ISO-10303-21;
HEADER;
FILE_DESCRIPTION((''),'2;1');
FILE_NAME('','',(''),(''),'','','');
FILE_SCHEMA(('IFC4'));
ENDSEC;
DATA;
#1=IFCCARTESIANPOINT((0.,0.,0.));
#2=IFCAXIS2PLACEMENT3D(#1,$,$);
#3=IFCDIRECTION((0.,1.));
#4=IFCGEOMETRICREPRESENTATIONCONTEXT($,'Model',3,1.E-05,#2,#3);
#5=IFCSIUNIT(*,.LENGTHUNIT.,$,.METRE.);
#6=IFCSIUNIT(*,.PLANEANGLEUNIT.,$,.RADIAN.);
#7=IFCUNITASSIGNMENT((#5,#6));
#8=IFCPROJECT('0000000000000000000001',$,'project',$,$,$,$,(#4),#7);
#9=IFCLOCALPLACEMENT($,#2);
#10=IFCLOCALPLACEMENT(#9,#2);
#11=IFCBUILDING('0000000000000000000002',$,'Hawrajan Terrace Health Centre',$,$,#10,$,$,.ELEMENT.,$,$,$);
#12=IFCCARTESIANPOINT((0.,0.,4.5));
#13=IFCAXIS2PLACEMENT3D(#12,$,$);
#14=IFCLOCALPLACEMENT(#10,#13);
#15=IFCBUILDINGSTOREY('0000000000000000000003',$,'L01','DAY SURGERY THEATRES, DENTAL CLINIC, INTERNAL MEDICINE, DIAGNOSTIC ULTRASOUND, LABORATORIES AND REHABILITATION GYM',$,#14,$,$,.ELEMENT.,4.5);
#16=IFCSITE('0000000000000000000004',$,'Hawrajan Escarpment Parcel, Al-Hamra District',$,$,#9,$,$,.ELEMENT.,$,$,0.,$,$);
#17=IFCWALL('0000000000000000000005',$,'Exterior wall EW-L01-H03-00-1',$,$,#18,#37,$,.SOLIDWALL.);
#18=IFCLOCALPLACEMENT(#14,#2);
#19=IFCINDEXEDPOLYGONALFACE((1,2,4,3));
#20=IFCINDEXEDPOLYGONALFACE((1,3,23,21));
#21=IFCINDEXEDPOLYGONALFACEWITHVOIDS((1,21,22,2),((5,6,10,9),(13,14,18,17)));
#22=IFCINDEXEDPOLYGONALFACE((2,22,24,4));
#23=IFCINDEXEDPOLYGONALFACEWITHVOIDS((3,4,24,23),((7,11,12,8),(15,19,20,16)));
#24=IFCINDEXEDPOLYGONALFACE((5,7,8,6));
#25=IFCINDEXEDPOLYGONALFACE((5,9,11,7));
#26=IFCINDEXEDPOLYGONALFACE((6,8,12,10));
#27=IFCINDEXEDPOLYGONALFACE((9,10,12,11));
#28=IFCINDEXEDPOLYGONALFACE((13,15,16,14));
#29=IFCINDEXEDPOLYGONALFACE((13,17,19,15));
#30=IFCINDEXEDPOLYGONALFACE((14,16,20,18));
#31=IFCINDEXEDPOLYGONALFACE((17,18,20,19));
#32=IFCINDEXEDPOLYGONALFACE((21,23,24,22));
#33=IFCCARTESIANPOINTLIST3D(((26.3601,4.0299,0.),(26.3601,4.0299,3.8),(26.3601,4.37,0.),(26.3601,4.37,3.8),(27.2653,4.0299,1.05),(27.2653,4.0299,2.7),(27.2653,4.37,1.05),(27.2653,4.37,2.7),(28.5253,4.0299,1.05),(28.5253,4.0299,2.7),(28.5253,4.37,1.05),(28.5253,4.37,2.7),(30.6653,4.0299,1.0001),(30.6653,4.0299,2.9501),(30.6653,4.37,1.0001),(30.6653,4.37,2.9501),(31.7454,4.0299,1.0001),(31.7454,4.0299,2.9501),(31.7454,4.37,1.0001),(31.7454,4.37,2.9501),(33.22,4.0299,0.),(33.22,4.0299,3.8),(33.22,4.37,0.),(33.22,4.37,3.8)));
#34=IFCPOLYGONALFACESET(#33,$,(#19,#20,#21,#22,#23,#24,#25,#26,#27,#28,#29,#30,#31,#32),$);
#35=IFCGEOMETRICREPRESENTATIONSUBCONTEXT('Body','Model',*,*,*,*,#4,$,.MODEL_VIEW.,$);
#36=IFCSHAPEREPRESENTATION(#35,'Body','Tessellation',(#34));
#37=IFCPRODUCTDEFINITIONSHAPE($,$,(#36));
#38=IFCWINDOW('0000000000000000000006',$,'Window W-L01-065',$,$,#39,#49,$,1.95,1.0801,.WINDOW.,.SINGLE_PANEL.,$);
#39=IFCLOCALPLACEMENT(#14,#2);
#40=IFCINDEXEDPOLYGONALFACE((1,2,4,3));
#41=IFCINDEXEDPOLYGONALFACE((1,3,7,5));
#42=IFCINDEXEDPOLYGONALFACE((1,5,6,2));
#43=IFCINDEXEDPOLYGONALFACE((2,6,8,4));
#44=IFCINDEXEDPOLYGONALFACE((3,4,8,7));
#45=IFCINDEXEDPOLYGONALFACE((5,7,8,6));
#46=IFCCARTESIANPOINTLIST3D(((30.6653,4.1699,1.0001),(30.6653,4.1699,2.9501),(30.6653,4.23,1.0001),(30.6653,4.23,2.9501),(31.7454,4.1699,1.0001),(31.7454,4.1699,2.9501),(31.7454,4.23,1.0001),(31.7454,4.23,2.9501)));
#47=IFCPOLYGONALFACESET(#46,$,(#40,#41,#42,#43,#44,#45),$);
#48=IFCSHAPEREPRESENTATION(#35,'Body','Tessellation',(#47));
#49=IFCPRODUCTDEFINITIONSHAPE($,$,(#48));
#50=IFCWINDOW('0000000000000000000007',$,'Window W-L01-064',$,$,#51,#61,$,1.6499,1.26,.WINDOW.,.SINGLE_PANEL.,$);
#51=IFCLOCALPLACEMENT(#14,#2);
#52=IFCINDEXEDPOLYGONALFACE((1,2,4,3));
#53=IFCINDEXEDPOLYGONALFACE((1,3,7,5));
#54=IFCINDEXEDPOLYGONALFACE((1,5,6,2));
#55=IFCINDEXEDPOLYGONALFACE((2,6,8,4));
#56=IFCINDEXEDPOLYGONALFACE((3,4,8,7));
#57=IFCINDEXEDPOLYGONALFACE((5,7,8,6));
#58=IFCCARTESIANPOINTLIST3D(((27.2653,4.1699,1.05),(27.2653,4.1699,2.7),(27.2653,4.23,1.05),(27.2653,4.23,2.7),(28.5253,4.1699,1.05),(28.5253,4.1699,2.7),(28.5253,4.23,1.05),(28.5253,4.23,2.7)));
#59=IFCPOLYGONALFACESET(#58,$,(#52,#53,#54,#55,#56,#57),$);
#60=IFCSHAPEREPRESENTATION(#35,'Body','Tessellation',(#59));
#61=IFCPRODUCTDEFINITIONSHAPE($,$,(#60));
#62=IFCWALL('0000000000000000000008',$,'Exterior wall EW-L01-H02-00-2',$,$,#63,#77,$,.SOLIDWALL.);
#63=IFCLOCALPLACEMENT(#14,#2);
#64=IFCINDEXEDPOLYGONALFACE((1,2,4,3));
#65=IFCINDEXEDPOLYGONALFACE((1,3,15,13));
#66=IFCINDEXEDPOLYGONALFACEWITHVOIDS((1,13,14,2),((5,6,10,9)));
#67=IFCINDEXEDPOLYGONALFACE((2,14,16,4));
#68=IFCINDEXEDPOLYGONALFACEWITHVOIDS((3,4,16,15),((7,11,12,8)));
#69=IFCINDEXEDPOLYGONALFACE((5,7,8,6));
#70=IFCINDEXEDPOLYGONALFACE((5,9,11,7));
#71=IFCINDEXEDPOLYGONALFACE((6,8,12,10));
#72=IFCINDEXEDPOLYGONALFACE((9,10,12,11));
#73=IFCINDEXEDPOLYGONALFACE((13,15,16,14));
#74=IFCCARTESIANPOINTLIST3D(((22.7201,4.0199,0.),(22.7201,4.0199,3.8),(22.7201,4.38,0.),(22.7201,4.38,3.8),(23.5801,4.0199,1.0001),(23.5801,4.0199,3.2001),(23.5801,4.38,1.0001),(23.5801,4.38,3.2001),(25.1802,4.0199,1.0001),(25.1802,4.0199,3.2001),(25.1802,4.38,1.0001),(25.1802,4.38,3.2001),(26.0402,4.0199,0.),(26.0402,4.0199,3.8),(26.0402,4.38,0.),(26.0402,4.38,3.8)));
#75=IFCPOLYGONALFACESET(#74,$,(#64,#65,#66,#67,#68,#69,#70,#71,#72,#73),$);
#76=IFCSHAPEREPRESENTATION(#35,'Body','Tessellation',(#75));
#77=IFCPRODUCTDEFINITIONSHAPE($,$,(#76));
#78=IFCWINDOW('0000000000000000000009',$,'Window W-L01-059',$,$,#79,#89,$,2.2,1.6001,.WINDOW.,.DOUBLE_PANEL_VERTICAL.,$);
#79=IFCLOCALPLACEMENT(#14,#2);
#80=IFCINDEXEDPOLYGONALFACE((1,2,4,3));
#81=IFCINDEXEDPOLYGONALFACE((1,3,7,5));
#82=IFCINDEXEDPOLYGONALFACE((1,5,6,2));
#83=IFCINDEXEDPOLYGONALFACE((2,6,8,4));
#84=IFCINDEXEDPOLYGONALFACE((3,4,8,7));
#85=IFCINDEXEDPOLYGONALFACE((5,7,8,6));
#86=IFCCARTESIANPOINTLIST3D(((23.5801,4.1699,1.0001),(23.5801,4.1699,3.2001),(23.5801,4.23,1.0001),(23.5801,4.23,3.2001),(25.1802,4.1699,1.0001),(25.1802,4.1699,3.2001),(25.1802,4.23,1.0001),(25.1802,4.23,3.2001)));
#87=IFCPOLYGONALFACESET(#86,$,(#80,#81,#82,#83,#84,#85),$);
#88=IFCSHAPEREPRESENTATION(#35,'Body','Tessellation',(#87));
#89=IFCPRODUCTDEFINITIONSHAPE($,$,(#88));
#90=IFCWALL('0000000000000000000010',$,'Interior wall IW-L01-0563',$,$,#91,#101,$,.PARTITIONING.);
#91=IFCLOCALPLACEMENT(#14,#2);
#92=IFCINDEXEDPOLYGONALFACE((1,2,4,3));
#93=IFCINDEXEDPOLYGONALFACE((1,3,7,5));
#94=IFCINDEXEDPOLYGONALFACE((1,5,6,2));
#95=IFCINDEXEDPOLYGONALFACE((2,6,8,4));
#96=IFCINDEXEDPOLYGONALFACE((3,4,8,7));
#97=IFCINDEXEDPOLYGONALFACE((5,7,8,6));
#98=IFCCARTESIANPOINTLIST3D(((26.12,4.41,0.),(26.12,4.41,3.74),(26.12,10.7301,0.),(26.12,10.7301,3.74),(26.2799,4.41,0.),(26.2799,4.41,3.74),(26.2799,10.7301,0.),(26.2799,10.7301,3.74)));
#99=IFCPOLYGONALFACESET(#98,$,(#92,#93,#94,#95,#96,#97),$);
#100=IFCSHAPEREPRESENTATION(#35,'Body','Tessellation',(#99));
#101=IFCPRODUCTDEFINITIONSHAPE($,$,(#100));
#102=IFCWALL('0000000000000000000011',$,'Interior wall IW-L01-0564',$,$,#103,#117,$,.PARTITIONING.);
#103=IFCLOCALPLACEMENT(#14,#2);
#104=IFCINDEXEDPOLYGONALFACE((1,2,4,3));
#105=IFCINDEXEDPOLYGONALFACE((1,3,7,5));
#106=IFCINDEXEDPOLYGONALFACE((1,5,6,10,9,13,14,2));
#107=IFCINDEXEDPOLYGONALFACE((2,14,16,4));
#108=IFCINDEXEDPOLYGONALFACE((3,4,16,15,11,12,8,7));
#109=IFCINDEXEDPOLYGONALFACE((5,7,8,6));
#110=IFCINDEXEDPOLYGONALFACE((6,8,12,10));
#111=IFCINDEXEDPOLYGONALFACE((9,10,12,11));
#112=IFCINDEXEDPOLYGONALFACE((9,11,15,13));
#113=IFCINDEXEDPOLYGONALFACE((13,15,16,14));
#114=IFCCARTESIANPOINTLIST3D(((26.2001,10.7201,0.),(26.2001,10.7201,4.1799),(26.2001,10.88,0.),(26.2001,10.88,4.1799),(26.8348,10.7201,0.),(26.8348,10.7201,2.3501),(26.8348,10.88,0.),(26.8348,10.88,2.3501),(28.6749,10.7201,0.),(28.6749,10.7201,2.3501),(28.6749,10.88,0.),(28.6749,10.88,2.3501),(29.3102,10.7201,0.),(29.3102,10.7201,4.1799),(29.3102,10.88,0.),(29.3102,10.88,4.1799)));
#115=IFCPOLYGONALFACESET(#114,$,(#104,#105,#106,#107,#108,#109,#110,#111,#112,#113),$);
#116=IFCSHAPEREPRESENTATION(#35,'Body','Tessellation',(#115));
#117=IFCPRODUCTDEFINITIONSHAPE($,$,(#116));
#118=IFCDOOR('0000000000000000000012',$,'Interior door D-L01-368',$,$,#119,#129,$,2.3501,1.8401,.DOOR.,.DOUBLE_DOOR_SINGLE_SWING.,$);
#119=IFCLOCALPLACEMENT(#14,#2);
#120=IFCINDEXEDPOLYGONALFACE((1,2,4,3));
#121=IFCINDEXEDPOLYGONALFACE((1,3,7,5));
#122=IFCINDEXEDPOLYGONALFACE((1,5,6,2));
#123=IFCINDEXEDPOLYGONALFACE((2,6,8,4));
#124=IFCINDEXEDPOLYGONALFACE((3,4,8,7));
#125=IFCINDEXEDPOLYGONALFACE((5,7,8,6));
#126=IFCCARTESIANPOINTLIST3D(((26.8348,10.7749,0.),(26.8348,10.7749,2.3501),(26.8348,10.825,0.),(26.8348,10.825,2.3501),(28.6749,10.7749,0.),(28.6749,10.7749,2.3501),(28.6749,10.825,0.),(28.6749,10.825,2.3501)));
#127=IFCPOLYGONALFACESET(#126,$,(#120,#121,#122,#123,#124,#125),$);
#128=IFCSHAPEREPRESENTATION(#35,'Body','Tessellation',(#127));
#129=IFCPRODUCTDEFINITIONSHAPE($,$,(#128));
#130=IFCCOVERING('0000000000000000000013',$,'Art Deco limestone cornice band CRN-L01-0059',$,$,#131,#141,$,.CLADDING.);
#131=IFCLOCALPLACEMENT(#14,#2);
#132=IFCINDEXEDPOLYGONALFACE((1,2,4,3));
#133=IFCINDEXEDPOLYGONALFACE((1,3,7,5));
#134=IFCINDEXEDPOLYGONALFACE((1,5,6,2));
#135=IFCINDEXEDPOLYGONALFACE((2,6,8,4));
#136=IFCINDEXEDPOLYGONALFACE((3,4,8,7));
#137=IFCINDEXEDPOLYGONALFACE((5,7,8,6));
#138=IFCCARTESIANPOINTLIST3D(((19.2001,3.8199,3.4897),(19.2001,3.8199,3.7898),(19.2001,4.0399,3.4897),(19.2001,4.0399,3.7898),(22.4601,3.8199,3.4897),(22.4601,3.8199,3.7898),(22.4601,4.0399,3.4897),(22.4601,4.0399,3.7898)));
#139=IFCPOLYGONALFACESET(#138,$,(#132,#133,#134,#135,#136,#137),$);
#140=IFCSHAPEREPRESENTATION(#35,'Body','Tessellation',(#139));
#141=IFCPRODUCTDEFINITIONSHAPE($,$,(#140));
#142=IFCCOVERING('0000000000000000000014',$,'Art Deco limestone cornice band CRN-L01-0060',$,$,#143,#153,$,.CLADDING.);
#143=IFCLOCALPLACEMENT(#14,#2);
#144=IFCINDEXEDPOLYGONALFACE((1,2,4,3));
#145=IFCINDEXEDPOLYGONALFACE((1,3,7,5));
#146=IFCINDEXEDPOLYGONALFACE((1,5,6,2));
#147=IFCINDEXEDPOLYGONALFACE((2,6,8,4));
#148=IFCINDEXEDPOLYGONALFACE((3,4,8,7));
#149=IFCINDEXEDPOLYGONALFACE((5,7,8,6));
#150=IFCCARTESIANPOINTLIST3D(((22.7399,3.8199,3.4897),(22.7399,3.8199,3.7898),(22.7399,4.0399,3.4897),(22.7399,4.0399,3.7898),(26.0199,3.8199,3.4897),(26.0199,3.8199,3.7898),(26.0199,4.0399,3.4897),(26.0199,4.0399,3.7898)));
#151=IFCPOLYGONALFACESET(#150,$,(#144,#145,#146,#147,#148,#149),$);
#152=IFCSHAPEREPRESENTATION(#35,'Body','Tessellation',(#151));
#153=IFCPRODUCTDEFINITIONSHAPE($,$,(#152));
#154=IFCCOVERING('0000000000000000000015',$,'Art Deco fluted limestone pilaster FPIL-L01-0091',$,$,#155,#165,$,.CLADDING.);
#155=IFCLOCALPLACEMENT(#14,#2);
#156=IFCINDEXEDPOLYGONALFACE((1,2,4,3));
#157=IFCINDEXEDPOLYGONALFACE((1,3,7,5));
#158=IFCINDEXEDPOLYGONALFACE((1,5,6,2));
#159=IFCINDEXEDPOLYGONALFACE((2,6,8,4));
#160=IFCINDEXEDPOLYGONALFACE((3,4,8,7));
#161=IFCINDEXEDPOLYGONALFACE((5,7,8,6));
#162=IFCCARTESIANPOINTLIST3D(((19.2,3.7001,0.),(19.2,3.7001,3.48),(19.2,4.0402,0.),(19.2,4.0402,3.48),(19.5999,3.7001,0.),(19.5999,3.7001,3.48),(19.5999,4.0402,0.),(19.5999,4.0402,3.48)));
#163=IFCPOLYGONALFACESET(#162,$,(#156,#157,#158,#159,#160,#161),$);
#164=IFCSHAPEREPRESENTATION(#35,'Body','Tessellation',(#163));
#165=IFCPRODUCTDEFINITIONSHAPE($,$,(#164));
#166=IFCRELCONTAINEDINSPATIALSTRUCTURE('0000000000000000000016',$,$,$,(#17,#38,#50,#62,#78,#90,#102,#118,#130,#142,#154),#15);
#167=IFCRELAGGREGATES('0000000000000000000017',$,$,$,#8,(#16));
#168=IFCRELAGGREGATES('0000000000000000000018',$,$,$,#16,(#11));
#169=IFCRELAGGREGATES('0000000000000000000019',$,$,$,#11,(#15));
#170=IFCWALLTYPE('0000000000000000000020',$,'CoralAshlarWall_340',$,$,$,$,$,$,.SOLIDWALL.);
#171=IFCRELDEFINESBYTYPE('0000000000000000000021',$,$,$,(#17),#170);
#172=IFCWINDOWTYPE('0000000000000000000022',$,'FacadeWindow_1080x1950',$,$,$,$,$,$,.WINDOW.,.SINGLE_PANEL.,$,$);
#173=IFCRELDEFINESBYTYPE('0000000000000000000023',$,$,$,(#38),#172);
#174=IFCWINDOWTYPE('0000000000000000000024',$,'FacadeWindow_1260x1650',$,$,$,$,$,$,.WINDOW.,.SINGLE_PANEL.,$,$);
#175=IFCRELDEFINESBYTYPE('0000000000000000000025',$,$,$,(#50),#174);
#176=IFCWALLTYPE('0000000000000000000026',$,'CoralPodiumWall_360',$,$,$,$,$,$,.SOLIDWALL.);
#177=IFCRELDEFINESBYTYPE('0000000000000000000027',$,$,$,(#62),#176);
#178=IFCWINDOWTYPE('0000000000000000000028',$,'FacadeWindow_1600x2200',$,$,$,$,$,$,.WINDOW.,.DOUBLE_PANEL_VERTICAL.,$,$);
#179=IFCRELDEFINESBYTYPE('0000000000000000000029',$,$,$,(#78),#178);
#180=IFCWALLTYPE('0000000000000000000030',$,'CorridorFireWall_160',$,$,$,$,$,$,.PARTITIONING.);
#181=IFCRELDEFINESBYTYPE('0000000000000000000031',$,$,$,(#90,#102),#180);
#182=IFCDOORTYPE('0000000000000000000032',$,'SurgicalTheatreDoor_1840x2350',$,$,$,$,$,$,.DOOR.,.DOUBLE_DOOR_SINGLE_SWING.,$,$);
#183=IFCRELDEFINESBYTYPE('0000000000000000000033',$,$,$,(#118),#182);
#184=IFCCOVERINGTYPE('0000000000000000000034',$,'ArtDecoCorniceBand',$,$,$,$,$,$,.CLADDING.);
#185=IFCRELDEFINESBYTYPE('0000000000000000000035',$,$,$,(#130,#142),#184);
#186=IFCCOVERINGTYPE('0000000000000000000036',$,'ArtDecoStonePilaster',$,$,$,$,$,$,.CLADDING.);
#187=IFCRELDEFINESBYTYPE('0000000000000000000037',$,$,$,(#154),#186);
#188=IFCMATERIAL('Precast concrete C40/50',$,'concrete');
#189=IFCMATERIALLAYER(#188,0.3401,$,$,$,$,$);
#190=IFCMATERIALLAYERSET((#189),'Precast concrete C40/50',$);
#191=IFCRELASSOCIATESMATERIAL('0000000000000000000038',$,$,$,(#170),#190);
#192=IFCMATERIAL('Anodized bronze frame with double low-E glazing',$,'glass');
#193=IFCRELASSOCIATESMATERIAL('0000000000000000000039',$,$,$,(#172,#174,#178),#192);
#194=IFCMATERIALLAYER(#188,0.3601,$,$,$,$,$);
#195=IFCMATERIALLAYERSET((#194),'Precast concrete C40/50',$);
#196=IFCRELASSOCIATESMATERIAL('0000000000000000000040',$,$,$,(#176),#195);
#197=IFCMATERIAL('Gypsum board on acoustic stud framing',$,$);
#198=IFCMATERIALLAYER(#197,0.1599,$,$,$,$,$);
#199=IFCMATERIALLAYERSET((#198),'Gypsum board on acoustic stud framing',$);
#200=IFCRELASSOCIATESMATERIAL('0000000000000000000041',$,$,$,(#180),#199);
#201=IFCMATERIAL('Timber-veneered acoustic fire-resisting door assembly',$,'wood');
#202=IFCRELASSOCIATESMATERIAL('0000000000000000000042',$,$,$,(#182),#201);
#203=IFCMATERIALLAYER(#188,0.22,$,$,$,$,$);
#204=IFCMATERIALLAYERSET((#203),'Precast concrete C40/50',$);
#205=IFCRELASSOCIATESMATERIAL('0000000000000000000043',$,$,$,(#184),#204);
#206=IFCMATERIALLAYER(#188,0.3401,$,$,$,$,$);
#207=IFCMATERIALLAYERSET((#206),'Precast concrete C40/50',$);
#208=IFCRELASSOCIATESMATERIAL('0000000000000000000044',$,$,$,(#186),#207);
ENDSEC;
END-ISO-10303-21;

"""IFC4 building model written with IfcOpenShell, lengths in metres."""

from ifc_helpers import new_model, si_unit, direction, frame, frame_2d, origin, origin_2d, place, context, subcontext, project, spatial, rectangle, extrude, material, layer, layer_set, type_object, element, fill, save


model = new_model("IFC4")

# Units and contexts
model_context = context("Model", 3, precision=1e-05, world=origin(), true_north=direction((0.0, 1.0)))
body_context = subcontext(model_context, "Body", "Model", "MODEL_VIEW")
ifc_project = project(units=[si_unit("LENGTHUNIT", "METRE"), si_unit("PLANEANGLEUNIT", "RADIAN")], contexts=[model_context])

# Site, building, storey
site_placement = place(None, origin())
site = spatial("IfcSite", under=ifc_project, at=site_placement, Name="Hawrajan Escarpment Parcel, Al-Hamra District", CompositionType="ELEMENT", RefElevation=0.0)
building_placement = place(site_placement, origin())
building = spatial("IfcBuilding", under=site, at=building_placement, Name="Hawrajan Terrace Health Centre", CompositionType="ELEMENT")
storey_placement = place(building_placement, frame((0.0, 0.0, 4.5)))
storey = spatial("IfcBuildingStorey", under=building, at=storey_placement, Name="L01", Description="DAY SURGERY THEATRES, DENTAL CLINIC, INTERNAL MEDICINE, DIAGNOSTIC ULTRASOUND, LABORATORIES AND REHABILITATION GYM", CompositionType="ELEMENT", Elevation=4.5)

# Wall, openings, windows
ifc_material_1 = material(Name="Precast concrete C40/50", Category="concrete")
ifc_layer_1 = layer(ifc_material_1, 0.3401)
ifc_layer_set_1 = layer_set([ifc_layer_1], Name="Precast concrete C40/50")
wall_type_1 = type_object("IfcWallType", Name="CoralAshlarWall_340", PredefinedType="SOLIDWALL", material=ifc_layer_set_1)
wall_1_placement = place(storey_placement, frame((26.3601, 4.2, 0.0), z_axis=(0.0, 0.0, 1.0), x_axis=(1.0, 0.0, 0.0)))
wall_1 = element("IfcWall", 1, at=wall_1_placement, inside=storey, type_object=wall_type_1, Name="Exterior wall EW-L01-H03-00-1", PredefinedType="SOLIDWALL", context=body_context, shape_type="SweptSolid", body=[
    extrude(rectangle(XDim=6.8599, YDim=0.3401, at=frame_2d((3.4299, 0.0))), origin(), (0.0, 0.0, 1.0), 3.8),
])
opening_1_placement = place(wall_1_placement, frame((0.9053, 0.0, 1.05)))
opening_1 = element("IfcOpeningElement", 2, at=opening_1_placement, cuts=wall_1, PredefinedType="OPENING", context=body_context, shape_type="SweptSolid", body=[
    extrude(rectangle(XDim=1.26, YDim=1.6499, at=frame_2d((0.6299, 0.825))), frame((0.0, 0.1799, 0.0), z_axis=(0.0, -1.0, 0.0), x_axis=(1.0, 0.0, 0.0)), (0.0, 0.0, 1.0), 0.3601),
])
opening_2_placement = place(wall_1_placement, frame((4.3052, 0.0, 1.0)))
opening_2 = element("IfcOpeningElement", 3, at=opening_2_placement, cuts=wall_1, PredefinedType="OPENING", context=body_context, shape_type="SweptSolid", body=[
    extrude(rectangle(XDim=1.0801, YDim=1.95, at=frame_2d((0.54, 0.9751))), frame((0.0, 0.1799, 0.0), z_axis=(0.0, -1.0, 0.0), x_axis=(1.0, 0.0, 0.0)), (0.0, 0.0, 1.0), 0.3601),
])
ifc_material_2 = material(Name="Anodized bronze frame with double low-E glazing", Category="glass")
window_type_1 = type_object("IfcWindowType", Name="FacadeWindow_1080x1950", PartitioningType="SINGLE_PANEL", PredefinedType="WINDOW", material=ifc_material_2)
window_1_placement = place(opening_2_placement, origin())
window_1 = element("IfcWindow", 4, at=window_1_placement, inside=storey, type_object=window_type_1, Name="Window W-L01-065", OverallHeight=1.95, OverallWidth=1.0801, PartitioningType="SINGLE_PANEL", PredefinedType="WINDOW", context=body_context, shape_type="SweptSolid", body=[
    extrude(rectangle(XDim=1.0801, YDim=1.95, at=frame_2d((0.54, 0.9751))), frame((0.0, 0.03, 0.0), z_axis=(0.0, -1.0, 0.0), x_axis=(1.0, 0.0, 0.0)), (0.0, 0.0, 1.0), 0.0601),
])
fill(opening_2, window_1)
window_type_2 = type_object("IfcWindowType", Name="FacadeWindow_1260x1650", PartitioningType="SINGLE_PANEL", PredefinedType="WINDOW", material=ifc_material_2)
window_2_placement = place(opening_1_placement, origin())
window_2 = element("IfcWindow", 5, at=window_2_placement, inside=storey, type_object=window_type_2, Name="Window W-L01-064", OverallHeight=1.6499, OverallWidth=1.26, PartitioningType="SINGLE_PANEL", PredefinedType="WINDOW", context=body_context, shape_type="SweptSolid", body=[
    extrude(rectangle(XDim=1.26, YDim=1.6499, at=frame_2d((0.6299, 0.825))), frame((0.0, 0.03, 0.0), z_axis=(0.0, -1.0, 0.0), x_axis=(1.0, 0.0, 0.0)), (0.0, 0.0, 1.0), 0.0601),
])
fill(opening_1, window_2)

# Wall, opening, window
ifc_layer_2 = layer(ifc_material_1, 0.3601)
ifc_layer_set_2 = layer_set([ifc_layer_2], Name="Precast concrete C40/50")
wall_type_2 = type_object("IfcWallType", Name="CoralPodiumWall_360", PredefinedType="SOLIDWALL", material=ifc_layer_set_2)
wall_2_placement = place(storey_placement, frame((22.72, 4.2, 0.0), z_axis=(0.0, 0.0, 1.0), x_axis=(1.0, 0.0, 0.0)))
wall_2 = element("IfcWall", 6, at=wall_2_placement, inside=storey, type_object=wall_type_2, Name="Exterior wall EW-L01-H02-00-2", PredefinedType="SOLIDWALL", context=body_context, shape_type="SweptSolid", body=[
    extrude(rectangle(XDim=3.3201, YDim=0.3601, at=frame_2d((1.6602, 0.0))), origin(), (0.0, 0.0, 1.0), 3.8),
])
opening_3_placement = place(wall_2_placement, frame((0.8601, 0.0, 1.0)))
opening_3 = element("IfcOpeningElement", 7, at=opening_3_placement, cuts=wall_2, PredefinedType="OPENING", context=body_context, shape_type="SweptSolid", body=[
    extrude(rectangle(XDim=1.6001, YDim=2.2, at=frame_2d((0.8, 1.1001))), frame((0.0, 0.1899, 0.0), z_axis=(0.0, -1.0, 0.0), x_axis=(1.0, 0.0, 0.0)), (0.0, 0.0, 1.0), 0.3801),
])
window_type_3 = type_object("IfcWindowType", Name="FacadeWindow_1600x2200", PartitioningType="DOUBLE_PANEL_VERTICAL", PredefinedType="WINDOW", material=ifc_material_2)
window_3_placement = place(opening_3_placement, origin())
window_3 = element("IfcWindow", 8, at=window_3_placement, inside=storey, type_object=window_type_3, Name="Window W-L01-059", OverallHeight=2.2, OverallWidth=1.6001, PartitioningType="DOUBLE_PANEL_VERTICAL", PredefinedType="WINDOW", context=body_context, shape_type="SweptSolid", body=[
    extrude(rectangle(XDim=1.6001, YDim=2.2, at=frame_2d((0.8, 1.1001))), frame((0.0, 0.03, 0.0), z_axis=(0.0, -1.0, 0.0), x_axis=(1.0, 0.0, 0.0)), (0.0, 0.0, 1.0), 0.0601),
])
fill(opening_3, window_3)

# Wall
ifc_material_3 = material(Name="Gypsum board on acoustic stud framing")
ifc_layer_3 = layer(ifc_material_3, 0.1599)
ifc_layer_set_3 = layer_set([ifc_layer_3], Name="Gypsum board on acoustic stud framing")
wall_type_3 = type_object("IfcWallType", Name="CorridorFireWall_160", PredefinedType="PARTITIONING", material=ifc_layer_set_3)
wall_3_placement = place(storey_placement, frame((26.2, 4.4099, 0.0), z_axis=(0.0, 0.0, 1.0), x_axis=(0.0, 1.0, 0.0)))
element("IfcWall", 9, at=wall_3_placement, inside=storey, type_object=wall_type_3, Name="Interior wall IW-L01-0563", PredefinedType="PARTITIONING", context=body_context, shape_type="SweptSolid", body=[
    extrude(rectangle(XDim=6.3201, YDim=0.1599, at=frame_2d((3.1602, 0.0))), origin(), (0.0, 0.0, 1.0), 3.74),
])

# Wall, opening, door
wall_4_placement = place(storey_placement, frame((26.2, 10.8, 0.0), z_axis=(0.0, 0.0, 1.0), x_axis=(1.0, 0.0, 0.0)))
wall_4 = element("IfcWall", 10, at=wall_4_placement, inside=storey, type_object=wall_type_3, Name="Interior wall IW-L01-0564", PredefinedType="PARTITIONING", context=body_context, shape_type="SweptSolid", body=[
    extrude(rectangle(XDim=3.1101, YDim=0.1599, at=frame_2d((1.5552, 0.0))), origin(), (0.0, 0.0, 1.0), 4.1799),
])
opening_4_placement = place(wall_4_placement, frame((0.635, 0.0, 0.0)))
opening_4 = element("IfcOpeningElement", 11, at=opening_4_placement, cuts=wall_4, PredefinedType="OPENING", context=body_context, shape_type="SweptSolid", body=[
    extrude(rectangle(XDim=1.8401, YDim=2.3501, at=frame_2d((0.9199, 1.175))), frame((0.0, 0.0898, 0.0), z_axis=(0.0, -1.0, 0.0), x_axis=(1.0, 0.0, 0.0)), (0.0, 0.0, 1.0), 0.1799),
])
ifc_material_4 = material(Name="Timber-veneered acoustic fire-resisting door assembly", Category="wood")
door_type = type_object("IfcDoorType", Name="SurgicalTheatreDoor_1840x2350", OperationType="DOUBLE_DOOR_SINGLE_SWING", PredefinedType="DOOR", material=ifc_material_4)
door_placement = place(opening_4_placement, origin())
door = element("IfcDoor", 12, at=door_placement, inside=storey, type_object=door_type, Name="Interior door D-L01-368", OperationType="DOUBLE_DOOR_SINGLE_SWING", OverallHeight=2.3501, OverallWidth=1.8401, PredefinedType="DOOR", context=body_context, shape_type="SweptSolid", body=[
    extrude(rectangle(XDim=1.8401, YDim=2.3501, at=frame_2d((0.9199, 1.175))), frame((0.0, 0.0249, 0.0), z_axis=(0.0, -1.0, 0.0), x_axis=(1.0, 0.0, 0.0)), (0.0, 0.0, 1.0), 0.05),
])
fill(opening_4, door)

# Coverings
ifc_layer_4 = layer(ifc_material_1, 0.22)
ifc_layer_set_4 = layer_set([ifc_layer_4], Name="Precast concrete C40/50")
covering_type_1 = type_object("IfcCoveringType", Name="ArtDecoCorniceBand", PredefinedType="CLADDING", material=ifc_layer_set_4)
covering_1_placement = place(storey_placement, frame((20.8301, 3.9299, 3.4897), z_axis=(0.0, 0.0, 1.0), x_axis=(1.0, 0.0, 0.0)))
element("IfcCovering", 13, at=covering_1_placement, inside=storey, type_object=covering_type_1, Name="Art Deco limestone cornice band CRN-L01-0059", PredefinedType="CLADDING", context=body_context, shape_type="SweptSolid", body=[
    extrude(rectangle(XDim=3.26, YDim=0.22, at=origin_2d()), origin(), (0.0, 0.0, 1.0), 0.3),
])
covering_2_placement = place(storey_placement, frame((24.3799, 3.9299, 3.4897), z_axis=(0.0, 0.0, 1.0), x_axis=(1.0, 0.0, 0.0)))
element("IfcCovering", 14, at=covering_2_placement, inside=storey, type_object=covering_type_1, Name="Art Deco limestone cornice band CRN-L01-0060", PredefinedType="CLADDING", context=body_context, shape_type="SweptSolid", body=[
    extrude(rectangle(XDim=3.28, YDim=0.22, at=origin_2d()), origin(), (0.0, 0.0, 1.0), 0.3),
])
ifc_layer_5 = layer(ifc_material_1, 0.3401)
ifc_layer_set_5 = layer_set([ifc_layer_5], Name="Precast concrete C40/50")
covering_type_2 = type_object("IfcCoveringType", Name="ArtDecoStonePilaster", PredefinedType="CLADDING", material=ifc_layer_set_5)
for number, where, z_axis, x_axis, name in (
    (15, (19.3999, 3.8701, 0.0), (0.0, 0.0, 1.0), (1.0, 0.0, 0.0), "Art Deco fluted limestone pilaster FPIL-L01-0091"),
):
    element("IfcCovering", number, at=place(storey_placement, frame(where, z_axis=z_axis, x_axis=x_axis)), inside=storey, type_object=covering_type_2, Name=name, PredefinedType="CLADDING", context=body_context, shape_type="SweptSolid", body=[
        extrude(rectangle(XDim=0.3999, YDim=0.3401, at=origin_2d()), origin(), (0.0, 0.0, 1.0), 3.48),
    ])

save(model, "model.ifc")
